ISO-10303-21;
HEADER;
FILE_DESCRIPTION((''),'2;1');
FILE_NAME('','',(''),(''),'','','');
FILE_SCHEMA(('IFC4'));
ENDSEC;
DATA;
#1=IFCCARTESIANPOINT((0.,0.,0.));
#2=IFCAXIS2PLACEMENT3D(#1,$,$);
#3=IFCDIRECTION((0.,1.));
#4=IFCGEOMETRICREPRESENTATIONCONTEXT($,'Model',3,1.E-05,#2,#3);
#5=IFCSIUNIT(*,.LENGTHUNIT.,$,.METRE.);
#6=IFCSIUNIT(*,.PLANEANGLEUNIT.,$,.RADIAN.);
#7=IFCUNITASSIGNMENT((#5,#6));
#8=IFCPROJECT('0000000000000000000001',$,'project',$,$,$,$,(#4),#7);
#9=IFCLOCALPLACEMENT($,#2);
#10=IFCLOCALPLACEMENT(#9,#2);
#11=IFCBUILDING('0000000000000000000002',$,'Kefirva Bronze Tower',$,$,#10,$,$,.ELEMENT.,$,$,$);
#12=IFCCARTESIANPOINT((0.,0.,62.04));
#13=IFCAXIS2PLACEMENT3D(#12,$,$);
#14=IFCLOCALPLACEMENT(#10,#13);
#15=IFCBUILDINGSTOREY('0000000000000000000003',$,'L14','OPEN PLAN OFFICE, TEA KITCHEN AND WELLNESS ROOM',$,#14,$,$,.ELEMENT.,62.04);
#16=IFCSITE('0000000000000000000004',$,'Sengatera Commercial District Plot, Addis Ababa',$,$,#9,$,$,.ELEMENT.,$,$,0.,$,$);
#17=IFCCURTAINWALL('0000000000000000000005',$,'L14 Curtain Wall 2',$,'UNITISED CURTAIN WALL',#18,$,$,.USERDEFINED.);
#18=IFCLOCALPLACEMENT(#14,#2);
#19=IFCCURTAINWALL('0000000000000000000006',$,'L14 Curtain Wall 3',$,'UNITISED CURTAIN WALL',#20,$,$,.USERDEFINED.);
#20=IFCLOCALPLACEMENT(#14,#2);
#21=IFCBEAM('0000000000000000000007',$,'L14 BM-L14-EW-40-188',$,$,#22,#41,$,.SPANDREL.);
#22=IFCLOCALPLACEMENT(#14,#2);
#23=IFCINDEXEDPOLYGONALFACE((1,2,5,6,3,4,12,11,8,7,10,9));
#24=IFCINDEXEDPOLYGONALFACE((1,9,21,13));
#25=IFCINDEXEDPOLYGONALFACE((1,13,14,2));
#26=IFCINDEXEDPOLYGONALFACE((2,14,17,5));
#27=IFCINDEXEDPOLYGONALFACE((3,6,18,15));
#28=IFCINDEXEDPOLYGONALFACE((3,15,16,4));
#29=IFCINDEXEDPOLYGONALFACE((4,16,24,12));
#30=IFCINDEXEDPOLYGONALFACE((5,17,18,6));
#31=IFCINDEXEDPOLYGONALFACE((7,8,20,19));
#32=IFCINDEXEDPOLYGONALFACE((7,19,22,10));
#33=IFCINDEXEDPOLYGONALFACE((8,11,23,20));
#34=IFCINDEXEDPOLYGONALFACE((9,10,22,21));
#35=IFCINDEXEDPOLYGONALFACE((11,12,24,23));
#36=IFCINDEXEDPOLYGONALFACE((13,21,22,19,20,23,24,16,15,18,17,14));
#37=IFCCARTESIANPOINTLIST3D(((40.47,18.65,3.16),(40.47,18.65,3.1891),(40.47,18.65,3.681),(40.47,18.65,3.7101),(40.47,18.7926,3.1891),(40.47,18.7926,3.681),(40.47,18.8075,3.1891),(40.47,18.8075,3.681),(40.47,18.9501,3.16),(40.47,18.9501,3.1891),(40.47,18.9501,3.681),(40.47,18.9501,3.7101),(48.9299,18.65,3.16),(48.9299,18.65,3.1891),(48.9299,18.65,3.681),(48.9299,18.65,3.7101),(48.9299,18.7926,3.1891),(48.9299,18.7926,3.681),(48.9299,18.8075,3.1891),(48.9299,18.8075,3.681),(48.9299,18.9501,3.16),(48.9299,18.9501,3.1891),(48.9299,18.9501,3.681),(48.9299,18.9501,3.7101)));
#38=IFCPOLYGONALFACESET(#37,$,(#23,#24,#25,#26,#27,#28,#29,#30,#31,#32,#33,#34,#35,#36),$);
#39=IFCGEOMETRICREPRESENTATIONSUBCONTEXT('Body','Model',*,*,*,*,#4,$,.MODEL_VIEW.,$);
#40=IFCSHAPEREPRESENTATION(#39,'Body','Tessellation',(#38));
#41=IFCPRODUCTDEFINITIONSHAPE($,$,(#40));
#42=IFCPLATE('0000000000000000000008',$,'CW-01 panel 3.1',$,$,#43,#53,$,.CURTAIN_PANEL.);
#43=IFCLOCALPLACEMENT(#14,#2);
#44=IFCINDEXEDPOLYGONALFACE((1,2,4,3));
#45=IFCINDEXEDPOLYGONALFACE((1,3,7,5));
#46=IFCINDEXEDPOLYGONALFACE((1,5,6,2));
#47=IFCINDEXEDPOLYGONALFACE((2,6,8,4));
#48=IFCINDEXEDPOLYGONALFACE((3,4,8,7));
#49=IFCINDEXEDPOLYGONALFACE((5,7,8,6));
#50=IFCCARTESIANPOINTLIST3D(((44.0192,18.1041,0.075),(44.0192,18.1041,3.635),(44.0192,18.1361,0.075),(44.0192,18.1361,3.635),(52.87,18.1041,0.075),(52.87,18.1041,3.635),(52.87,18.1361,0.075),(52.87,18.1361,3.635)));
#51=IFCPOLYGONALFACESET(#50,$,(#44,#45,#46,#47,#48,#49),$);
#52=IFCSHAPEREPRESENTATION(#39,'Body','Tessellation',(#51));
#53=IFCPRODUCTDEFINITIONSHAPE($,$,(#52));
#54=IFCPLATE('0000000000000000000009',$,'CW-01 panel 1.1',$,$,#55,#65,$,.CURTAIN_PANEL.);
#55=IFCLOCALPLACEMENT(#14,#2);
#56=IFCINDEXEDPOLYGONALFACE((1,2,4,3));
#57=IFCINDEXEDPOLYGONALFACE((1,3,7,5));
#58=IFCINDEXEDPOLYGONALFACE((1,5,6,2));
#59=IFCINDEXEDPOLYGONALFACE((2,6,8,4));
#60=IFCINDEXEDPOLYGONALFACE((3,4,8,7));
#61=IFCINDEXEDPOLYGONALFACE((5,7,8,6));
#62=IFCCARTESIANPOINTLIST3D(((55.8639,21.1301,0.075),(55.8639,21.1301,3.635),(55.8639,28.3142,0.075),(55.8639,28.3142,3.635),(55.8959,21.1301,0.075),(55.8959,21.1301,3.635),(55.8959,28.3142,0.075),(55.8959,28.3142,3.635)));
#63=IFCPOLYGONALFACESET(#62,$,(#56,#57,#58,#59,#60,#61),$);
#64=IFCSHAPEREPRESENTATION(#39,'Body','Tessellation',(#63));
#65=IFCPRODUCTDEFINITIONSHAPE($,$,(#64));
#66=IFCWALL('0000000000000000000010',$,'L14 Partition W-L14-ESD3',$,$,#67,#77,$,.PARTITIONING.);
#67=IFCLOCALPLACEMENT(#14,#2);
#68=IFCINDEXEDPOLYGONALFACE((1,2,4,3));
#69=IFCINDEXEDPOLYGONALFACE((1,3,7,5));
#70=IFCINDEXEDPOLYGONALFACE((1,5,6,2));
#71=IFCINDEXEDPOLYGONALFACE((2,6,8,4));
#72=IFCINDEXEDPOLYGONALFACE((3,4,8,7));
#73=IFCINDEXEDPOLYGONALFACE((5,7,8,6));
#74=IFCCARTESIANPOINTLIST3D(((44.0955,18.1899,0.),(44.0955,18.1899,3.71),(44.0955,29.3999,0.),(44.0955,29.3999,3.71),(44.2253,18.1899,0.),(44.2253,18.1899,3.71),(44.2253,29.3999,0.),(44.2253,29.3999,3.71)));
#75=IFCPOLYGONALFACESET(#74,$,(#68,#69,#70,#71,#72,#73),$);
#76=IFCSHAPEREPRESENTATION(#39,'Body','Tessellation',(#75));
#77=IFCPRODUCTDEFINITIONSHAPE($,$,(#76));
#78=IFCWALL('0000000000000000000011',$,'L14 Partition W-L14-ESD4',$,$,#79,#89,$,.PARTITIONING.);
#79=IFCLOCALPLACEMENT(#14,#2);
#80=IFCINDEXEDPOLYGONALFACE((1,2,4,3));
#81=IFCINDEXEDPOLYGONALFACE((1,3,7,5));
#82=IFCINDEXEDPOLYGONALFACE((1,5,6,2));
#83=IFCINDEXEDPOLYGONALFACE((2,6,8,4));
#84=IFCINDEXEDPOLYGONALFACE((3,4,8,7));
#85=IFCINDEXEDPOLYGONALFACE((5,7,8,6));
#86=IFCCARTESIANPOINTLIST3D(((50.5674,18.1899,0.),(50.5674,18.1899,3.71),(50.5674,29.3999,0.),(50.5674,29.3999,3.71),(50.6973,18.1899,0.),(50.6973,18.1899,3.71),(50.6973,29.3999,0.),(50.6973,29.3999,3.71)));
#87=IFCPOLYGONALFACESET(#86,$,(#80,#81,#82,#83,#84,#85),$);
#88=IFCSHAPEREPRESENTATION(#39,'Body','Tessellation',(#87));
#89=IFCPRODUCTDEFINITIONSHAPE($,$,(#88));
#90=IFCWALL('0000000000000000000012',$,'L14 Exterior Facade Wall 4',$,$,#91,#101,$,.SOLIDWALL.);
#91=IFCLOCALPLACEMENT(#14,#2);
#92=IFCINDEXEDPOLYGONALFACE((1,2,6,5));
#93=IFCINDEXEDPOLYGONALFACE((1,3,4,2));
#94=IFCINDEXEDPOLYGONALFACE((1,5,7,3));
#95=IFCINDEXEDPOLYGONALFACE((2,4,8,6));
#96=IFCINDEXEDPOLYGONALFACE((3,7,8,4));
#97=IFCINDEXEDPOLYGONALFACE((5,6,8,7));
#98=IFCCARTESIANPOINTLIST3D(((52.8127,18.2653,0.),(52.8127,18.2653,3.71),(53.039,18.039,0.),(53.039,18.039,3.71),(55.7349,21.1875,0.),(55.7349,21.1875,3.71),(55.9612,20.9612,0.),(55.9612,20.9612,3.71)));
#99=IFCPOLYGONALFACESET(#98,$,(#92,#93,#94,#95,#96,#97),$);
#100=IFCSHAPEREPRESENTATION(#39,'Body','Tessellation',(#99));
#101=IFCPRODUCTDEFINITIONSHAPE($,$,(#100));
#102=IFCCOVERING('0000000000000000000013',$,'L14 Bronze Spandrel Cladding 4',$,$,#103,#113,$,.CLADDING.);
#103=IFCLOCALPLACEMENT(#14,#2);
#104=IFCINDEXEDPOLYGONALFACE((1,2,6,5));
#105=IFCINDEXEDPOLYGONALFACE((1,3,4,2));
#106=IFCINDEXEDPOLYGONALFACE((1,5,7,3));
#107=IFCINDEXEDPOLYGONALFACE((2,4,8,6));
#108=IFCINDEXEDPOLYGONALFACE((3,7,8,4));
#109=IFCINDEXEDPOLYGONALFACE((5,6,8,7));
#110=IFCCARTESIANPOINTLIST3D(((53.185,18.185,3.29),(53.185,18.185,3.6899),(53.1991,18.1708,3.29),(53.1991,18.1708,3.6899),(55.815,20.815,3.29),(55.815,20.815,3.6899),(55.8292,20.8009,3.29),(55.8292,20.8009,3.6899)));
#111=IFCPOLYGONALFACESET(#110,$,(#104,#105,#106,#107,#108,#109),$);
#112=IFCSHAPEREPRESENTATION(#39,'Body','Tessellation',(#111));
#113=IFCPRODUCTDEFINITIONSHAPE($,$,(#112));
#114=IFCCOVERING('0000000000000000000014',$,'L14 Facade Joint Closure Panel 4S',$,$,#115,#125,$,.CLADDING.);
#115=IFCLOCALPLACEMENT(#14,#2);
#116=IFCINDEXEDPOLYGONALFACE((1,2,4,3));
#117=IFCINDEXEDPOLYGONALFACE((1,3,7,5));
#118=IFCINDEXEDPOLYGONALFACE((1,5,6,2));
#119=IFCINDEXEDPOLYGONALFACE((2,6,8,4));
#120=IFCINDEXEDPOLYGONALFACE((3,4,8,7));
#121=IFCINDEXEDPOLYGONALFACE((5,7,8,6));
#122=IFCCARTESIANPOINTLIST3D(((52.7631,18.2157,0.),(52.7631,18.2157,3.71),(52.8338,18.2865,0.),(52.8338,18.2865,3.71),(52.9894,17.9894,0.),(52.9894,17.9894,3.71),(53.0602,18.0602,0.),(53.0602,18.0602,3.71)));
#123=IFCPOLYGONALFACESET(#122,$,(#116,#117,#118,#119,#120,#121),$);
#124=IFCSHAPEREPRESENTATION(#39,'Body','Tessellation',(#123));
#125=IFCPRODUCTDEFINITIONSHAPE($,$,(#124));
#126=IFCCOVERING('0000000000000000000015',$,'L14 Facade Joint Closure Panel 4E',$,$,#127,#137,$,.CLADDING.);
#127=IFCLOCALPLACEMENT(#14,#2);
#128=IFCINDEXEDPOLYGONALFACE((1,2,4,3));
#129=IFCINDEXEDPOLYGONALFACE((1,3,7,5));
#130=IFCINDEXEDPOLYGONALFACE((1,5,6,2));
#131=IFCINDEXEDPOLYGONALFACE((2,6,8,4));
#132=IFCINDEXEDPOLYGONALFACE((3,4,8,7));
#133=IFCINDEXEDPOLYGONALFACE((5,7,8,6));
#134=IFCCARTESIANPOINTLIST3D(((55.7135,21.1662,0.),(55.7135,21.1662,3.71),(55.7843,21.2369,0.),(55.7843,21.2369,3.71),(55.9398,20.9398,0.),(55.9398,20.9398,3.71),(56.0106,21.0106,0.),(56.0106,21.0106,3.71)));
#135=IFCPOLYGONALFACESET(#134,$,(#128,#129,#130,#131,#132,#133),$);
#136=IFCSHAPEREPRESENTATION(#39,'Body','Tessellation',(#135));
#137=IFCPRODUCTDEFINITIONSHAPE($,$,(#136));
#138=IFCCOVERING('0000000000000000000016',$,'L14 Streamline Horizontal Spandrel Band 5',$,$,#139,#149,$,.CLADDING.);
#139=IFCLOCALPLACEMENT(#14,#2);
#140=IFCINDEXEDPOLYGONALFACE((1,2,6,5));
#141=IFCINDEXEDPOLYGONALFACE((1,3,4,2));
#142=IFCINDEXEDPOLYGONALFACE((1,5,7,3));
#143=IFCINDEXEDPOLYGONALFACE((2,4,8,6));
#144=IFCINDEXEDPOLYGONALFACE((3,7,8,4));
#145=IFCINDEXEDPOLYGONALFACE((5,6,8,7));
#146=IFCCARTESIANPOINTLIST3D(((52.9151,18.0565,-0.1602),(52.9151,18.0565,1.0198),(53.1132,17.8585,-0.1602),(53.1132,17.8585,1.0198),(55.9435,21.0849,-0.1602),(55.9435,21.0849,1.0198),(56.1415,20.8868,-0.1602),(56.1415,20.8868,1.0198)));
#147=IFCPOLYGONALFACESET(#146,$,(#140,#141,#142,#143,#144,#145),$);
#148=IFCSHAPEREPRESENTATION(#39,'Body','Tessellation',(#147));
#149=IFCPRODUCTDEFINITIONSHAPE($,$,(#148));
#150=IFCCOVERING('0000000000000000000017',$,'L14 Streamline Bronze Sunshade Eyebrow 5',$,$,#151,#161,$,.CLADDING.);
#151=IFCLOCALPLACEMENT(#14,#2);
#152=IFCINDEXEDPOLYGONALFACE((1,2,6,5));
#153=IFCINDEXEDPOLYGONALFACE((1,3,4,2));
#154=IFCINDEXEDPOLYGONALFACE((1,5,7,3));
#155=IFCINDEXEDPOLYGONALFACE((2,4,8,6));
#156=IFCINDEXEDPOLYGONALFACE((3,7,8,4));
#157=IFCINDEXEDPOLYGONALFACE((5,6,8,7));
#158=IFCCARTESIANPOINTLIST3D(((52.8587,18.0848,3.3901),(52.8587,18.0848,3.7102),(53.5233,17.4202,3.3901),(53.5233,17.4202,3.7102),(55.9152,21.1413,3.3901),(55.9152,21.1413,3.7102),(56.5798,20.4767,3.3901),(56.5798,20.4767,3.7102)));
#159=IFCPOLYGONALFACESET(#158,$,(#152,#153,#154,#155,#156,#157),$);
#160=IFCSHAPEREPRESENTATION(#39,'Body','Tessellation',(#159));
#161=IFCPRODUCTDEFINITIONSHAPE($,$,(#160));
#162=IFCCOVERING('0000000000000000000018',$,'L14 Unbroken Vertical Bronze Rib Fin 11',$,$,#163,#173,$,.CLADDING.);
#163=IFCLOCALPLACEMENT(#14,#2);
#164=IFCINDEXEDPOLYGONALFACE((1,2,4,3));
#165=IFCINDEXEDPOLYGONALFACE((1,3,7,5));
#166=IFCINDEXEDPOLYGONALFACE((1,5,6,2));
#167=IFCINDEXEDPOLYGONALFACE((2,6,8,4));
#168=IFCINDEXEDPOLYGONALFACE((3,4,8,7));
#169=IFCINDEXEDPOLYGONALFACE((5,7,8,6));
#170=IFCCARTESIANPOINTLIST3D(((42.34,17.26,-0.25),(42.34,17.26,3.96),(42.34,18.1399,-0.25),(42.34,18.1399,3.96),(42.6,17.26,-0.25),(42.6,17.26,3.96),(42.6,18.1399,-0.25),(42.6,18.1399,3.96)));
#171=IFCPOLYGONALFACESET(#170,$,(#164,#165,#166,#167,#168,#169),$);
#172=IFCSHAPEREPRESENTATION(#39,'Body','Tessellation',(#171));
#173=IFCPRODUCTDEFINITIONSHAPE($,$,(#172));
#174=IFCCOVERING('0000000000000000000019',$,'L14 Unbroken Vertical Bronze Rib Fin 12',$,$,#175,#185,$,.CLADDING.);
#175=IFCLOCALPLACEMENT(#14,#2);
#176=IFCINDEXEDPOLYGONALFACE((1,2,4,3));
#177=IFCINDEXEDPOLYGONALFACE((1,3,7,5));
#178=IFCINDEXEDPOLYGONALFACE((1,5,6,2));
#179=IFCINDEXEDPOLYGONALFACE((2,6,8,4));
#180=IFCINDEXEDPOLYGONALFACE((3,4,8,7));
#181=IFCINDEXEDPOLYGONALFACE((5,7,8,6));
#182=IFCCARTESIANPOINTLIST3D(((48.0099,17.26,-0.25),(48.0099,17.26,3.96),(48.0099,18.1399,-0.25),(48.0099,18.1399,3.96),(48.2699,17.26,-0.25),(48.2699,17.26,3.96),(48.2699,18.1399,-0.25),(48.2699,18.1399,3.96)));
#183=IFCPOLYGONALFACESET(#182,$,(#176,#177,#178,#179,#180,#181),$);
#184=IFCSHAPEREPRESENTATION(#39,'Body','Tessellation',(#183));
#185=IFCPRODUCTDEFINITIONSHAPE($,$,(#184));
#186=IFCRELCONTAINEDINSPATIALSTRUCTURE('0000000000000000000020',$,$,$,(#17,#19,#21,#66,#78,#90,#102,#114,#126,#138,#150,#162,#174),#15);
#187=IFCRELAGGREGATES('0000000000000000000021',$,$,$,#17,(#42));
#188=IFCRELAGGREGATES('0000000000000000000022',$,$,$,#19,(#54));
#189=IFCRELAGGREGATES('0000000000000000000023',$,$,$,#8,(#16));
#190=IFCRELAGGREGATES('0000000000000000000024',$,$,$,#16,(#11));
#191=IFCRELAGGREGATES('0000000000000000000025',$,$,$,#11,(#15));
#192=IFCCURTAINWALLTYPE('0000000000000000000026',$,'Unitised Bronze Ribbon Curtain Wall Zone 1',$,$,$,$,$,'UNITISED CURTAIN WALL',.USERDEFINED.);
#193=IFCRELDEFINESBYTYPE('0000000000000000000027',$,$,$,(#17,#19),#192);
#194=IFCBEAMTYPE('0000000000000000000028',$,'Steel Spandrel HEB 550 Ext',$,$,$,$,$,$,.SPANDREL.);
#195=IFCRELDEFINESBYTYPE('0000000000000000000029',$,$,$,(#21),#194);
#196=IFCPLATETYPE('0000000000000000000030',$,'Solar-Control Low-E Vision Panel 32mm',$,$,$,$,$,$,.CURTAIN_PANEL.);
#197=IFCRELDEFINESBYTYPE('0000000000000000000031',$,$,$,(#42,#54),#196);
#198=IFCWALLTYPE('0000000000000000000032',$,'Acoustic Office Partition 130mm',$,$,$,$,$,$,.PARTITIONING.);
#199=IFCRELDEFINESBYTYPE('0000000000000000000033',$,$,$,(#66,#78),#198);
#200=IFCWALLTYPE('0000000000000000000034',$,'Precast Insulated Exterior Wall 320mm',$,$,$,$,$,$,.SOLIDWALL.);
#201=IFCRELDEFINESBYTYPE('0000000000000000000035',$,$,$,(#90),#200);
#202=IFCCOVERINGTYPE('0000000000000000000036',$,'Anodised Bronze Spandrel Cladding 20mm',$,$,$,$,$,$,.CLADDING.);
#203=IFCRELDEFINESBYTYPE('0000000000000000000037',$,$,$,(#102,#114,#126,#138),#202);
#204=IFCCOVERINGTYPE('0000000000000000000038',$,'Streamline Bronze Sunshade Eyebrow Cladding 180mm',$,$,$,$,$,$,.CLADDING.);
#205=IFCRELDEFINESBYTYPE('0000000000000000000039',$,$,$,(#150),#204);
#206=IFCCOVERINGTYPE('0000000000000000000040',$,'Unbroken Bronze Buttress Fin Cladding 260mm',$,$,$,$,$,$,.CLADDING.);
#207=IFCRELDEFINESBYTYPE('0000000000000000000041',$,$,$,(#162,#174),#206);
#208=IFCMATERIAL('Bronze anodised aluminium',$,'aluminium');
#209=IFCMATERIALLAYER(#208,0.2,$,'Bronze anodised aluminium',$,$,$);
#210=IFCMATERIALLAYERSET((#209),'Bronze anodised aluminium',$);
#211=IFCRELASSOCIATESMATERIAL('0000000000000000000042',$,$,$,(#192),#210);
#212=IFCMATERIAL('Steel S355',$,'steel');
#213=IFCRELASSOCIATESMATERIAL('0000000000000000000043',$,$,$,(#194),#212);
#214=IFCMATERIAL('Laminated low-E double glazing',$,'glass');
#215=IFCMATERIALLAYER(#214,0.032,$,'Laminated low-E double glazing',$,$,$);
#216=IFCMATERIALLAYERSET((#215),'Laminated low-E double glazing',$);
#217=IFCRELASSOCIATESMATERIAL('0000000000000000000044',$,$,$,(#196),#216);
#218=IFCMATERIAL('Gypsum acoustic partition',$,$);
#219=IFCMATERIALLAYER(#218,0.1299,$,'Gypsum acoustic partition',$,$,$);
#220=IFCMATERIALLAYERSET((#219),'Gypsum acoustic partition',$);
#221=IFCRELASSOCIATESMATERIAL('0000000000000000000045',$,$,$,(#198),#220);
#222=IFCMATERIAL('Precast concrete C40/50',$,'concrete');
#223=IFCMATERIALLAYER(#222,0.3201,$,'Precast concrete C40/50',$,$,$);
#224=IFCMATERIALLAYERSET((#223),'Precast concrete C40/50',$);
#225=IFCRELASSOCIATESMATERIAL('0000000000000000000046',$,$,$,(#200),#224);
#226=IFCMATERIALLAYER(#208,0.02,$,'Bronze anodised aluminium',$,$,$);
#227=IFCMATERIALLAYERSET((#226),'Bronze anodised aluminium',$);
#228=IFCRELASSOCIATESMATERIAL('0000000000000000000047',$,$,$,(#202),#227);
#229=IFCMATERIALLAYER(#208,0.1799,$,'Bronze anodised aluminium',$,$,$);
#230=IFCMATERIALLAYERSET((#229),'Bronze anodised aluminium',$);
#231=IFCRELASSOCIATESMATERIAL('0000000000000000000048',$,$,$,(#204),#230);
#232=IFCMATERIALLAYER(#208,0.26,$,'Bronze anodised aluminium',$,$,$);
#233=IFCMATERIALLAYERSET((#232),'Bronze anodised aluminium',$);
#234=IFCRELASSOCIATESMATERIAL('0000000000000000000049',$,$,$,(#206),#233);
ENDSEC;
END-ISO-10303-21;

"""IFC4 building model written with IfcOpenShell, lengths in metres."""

from ifc_helpers import new_model, si_unit, direction, frame, frame_2d, origin, origin_2d, place, context, subcontext, project, spatial, rectangle, i_section, extrude, material, layer, layer_set, material_profile, profile_set, type_object, element, aggregate, save


model = new_model("IFC4")

# Units and contexts
model_context = context("Model", 3, precision=1e-05, world=origin(), true_north=direction((0.0, 1.0)))
body_context = subcontext(model_context, "Body", "Model", "MODEL_VIEW")
ifc_project = project(units=[si_unit("LENGTHUNIT", "METRE"), si_unit("PLANEANGLEUNIT", "RADIAN")], contexts=[model_context])

# Site, building, storey
site_placement = place(None, origin())
site = spatial("IfcSite", under=ifc_project, at=site_placement, Name="Sengatera Commercial District Plot, Addis Ababa", CompositionType="ELEMENT", RefElevation=0.0)
building_placement = place(site_placement, origin())
building = spatial("IfcBuilding", under=site, at=building_placement, Name="Kefirva Bronze Tower", CompositionType="ELEMENT")
storey_placement = place(building_placement, frame((0.0, 0.0, 62.04)))
storey = spatial("IfcBuildingStorey", under=building, at=storey_placement, Name="L14", Description="OPEN PLAN OFFICE, TEA KITCHEN AND WELLNESS ROOM", CompositionType="ELEMENT", Elevation=62.04)

# Curtain wall
ifc_material_1 = material(Name="Bronze anodised aluminium", Category="aluminium")
ifc_layer_1 = layer(ifc_material_1, 0.2, Name="Bronze anodised aluminium")
ifc_layer_set_1 = layer_set([ifc_layer_1], Name="Bronze anodised aluminium")
curtain_wall_type = type_object("IfcCurtainWallType", Name="Unitised Bronze Ribbon Curtain Wall Zone 1", ElementType="UNITISED CURTAIN WALL", PredefinedType="USERDEFINED", material=ifc_layer_set_1)
curtain_wall_1_placement = place(storey_placement, origin())
curtain_wall_1 = element("IfcCurtainWall", 1, at=curtain_wall_1_placement, inside=storey, type_object=curtain_wall_type, Name="L14 Curtain Wall 2", ObjectType="UNITISED CURTAIN WALL", PredefinedType="USERDEFINED")

# Curtain wall
curtain_wall_2_placement = place(storey_placement, origin())
curtain_wall_2 = element("IfcCurtainWall", 2, at=curtain_wall_2_placement, inside=storey, type_object=curtain_wall_type, Name="L14 Curtain Wall 3", ObjectType="UNITISED CURTAIN WALL", PredefinedType="USERDEFINED")

# Beam
ifc_material_2 = material(Name="Steel S355", Category="steel")
ifc_material_profile_1 = material_profile(ifc_material_2, i_section(OverallWidth=0.3, OverallDepth=0.55, WebThickness=0.0149, FlangeThickness=0.0291, at=origin_2d()), Name="HEB 550")
ifc_profile_set_1 = profile_set([ifc_material_profile_1], Name="Steel S355")
beam_type_1 = type_object("IfcBeamType", Name="Steel Spandrel HEB 550 Ext", PredefinedType="SPANDREL", material=ifc_profile_set_1)
beam_1_placement = place(storey_placement, frame((40.47, 18.8, 3.4351), z_axis=(1.0, 0.0, 0.0), x_axis=(0.0, 1.0, 0.0)))
element("IfcBeam", 3, at=beam_1_placement, inside=storey, type_object=beam_type_1, Name="L14 BM-L14-EW-40-188", PredefinedType="SPANDREL", context=body_context, shape_type="SweptSolid", body=[
    extrude(i_section(OverallWidth=0.3, OverallDepth=0.55, WebThickness=0.0149, FlangeThickness=0.0291, at=origin_2d()), origin(), (0.0, 0.0, 1.0), 8.46),
])

# Plates
ifc_material_3 = material(Name="Laminated low-E double glazing", Category="glass")
ifc_layer_2 = layer(ifc_material_3, 0.032, Name="Laminated low-E double glazing")
ifc_layer_set_2 = layer_set([ifc_layer_2], Name="Laminated low-E double glazing")
plate_type = type_object("IfcPlateType", Name="Solar-Control Low-E Vision Panel 32mm", PredefinedType="CURTAIN_PANEL", material=ifc_layer_set_2)
plate_1_placement = place(storey_placement, frame((48.4446, 18.1201, 0.075), z_axis=(0.0, 0.0, 1.0), x_axis=(1.0, 0.0, 0.0)))
plate_1 = element("IfcPlate", 4, at=plate_1_placement, type_object=plate_type, Name="CW-01 panel 3.1", PredefinedType="CURTAIN_PANEL", context=body_context, shape_type="SweptSolid", body=[
    extrude(rectangle(XDim=8.8508, YDim=0.032, at=origin_2d()), origin(), (0.0, 0.0, 1.0), 3.5601),
])
aggregate(curtain_wall_1, [plate_1])
plate_2_placement = place(storey_placement, frame((55.8799, 24.7222, 0.075), z_axis=(0.0, 0.0, 1.0), x_axis=(0.0, 1.0, 0.0)))
plate_2 = element("IfcPlate", 5, at=plate_2_placement, type_object=plate_type, Name="CW-01 panel 1.1", PredefinedType="CURTAIN_PANEL", context=body_context, shape_type="SweptSolid", body=[
    extrude(rectangle(XDim=7.1841, YDim=0.032, at=origin_2d()), origin(), (0.0, 0.0, 1.0), 3.5601),
])
aggregate(curtain_wall_2, [plate_2])

# Walls
ifc_material_4 = material(Name="Gypsum acoustic partition")
ifc_layer_3 = layer(ifc_material_4, 0.1299, Name="Gypsum acoustic partition")
ifc_layer_set_3 = layer_set([ifc_layer_3], Name="Gypsum acoustic partition")
wall_type_1 = type_object("IfcWallType", Name="Acoustic Office Partition 130mm", PredefinedType="PARTITIONING", material=ifc_layer_set_3)
for number, where, z_axis, x_axis, name in (
    (6, (44.1604, 18.1899, 0.0), (0.0, 0.0, 1.0), (0.0, 1.0, 0.0), "L14 Partition W-L14-ESD3"),
    (7, (50.6323, 18.1899, 0.0), (0.0, 0.0, 1.0), (0.0, 1.0, 0.0), "L14 Partition W-L14-ESD4"),
):
    element("IfcWall", number, at=place(storey_placement, frame(where, z_axis=z_axis, x_axis=x_axis)), inside=storey, type_object=wall_type_1, Name=name, PredefinedType="PARTITIONING", context=body_context, shape_type="SweptSolid", body=[
        extrude(rectangle(XDim=11.21, YDim=0.1299, at=frame_2d((5.605, 0.0))), origin(), (0.0, 0.0, 1.0), 3.71),
    ])
ifc_material_5 = material(Name="Precast concrete C40/50", Category="concrete")
ifc_layer_4 = layer(ifc_material_5, 0.3201, Name="Precast concrete C40/50")
ifc_layer_set_4 = layer_set([ifc_layer_4], Name="Precast concrete C40/50")
wall_type_2 = type_object("IfcWallType", Name="Precast Insulated Exterior Wall 320mm", PredefinedType="SOLIDWALL", material=ifc_layer_set_4)
wall_placement = place(storey_placement, frame((52.9258, 18.1521, 0.0), z_axis=(0.0, 0.0, 1.0), x_axis=(0.707107, 0.707107, 0.0)))
element("IfcWall", 8, at=wall_placement, inside=storey, type_object=wall_type_2, Name="L14 Exterior Facade Wall 4", PredefinedType="SOLIDWALL", context=body_context, shape_type="SweptSolid", body=[
    extrude(rectangle(XDim=4.1326, YDim=0.3201, at=frame_2d((2.0664, 0.0))), origin(), (0.0, 0.0, 1.0), 3.71),
])

# Coverings
ifc_layer_5 = layer(ifc_material_1, 0.02, Name="Bronze anodised aluminium")
ifc_layer_set_5 = layer_set([ifc_layer_5], Name="Bronze anodised aluminium")
covering_type_1 = type_object("IfcCoveringType", Name="Anodised Bronze Spandrel Cladding 20mm", PredefinedType="CLADDING", material=ifc_layer_set_5)
covering_1_placement = place(storey_placement, frame((54.5071, 19.4929, 3.29), z_axis=(0.0, 0.0, 1.0), x_axis=(0.707107, 0.707107, 0.0)))
element("IfcCovering", 9, at=covering_1_placement, inside=storey, type_object=covering_type_1, Name="L14 Bronze Spandrel Cladding 4", PredefinedType="CLADDING", context=body_context, shape_type="SweptSolid", body=[
    extrude(rectangle(XDim=3.7195, YDim=0.02, at=origin_2d()), origin(), (0.0, 0.0, 1.0), 0.3999),
])
for number, where, z_axis, x_axis, name in (
    (10, (52.9116, 18.1379, 0.0), (0.0, 0.0, 1.0), (0.707107, 0.707107, 0.0), "L14 Facade Joint Closure Panel 4S"),
    (11, (55.8621, 21.0884, 0.0), (0.0, 0.0, 1.0), (0.707107, 0.707107, 0.0), "L14 Facade Joint Closure Panel 4E"),
):
    element("IfcCovering", number, at=place(storey_placement, frame(where, z_axis=z_axis, x_axis=x_axis)), inside=storey, type_object=covering_type_1, Name=name, PredefinedType="CLADDING", context=body_context, shape_type="SweptSolid", body=[
        extrude(rectangle(XDim=0.1001, YDim=0.3201, at=origin_2d()), origin(), (0.0, 0.0, 1.0), 3.71),
    ])
covering_2_placement = place(storey_placement, frame((54.5283, 19.4717, -0.1602), z_axis=(0.0, 0.0, 1.0), x_axis=(0.707107, 0.707107, 0.0)))
element("IfcCovering", 12, at=covering_2_placement, inside=storey, type_object=covering_type_1, Name="L14 Streamline Horizontal Spandrel Band 5", PredefinedType="CLADDING", context=body_context, shape_type="SweptSolid", body=[
    extrude(rectangle(XDim=4.2827, YDim=0.28, at=origin_2d()), origin(), (0.0, 0.0, 1.0), 1.1799),
])
ifc_layer_6 = layer(ifc_material_1, 0.1799, Name="Bronze anodised aluminium")
ifc_layer_set_6 = layer_set([ifc_layer_6], Name="Bronze anodised aluminium")
covering_type_2 = type_object("IfcCoveringType", Name="Streamline Bronze Sunshade Eyebrow Cladding 180mm", PredefinedType="CLADDING", material=ifc_layer_set_6)
covering_3_placement = place(storey_placement, frame((54.7192, 19.2808, 3.3901), z_axis=(0.0, 0.0, 1.0), x_axis=(0.707107, 0.707107, 0.0)))
element("IfcCovering", 13, at=covering_3_placement, inside=storey, type_object=covering_type_2, Name="L14 Streamline Bronze Sunshade Eyebrow 5", PredefinedType="CLADDING", context=body_context, shape_type="SweptSolid", body=[
    extrude(rectangle(XDim=4.3225, YDim=0.9399, at=origin_2d()), origin(), (0.0, 0.0, 1.0), 0.3201),
])
ifc_layer_7 = layer(ifc_material_1, 0.26, Name="Bronze anodised aluminium")
ifc_layer_set_7 = layer_set([ifc_layer_7], Name="Bronze anodised aluminium")
covering_type_3 = type_object("IfcCoveringType", Name="Unbroken Bronze Buttress Fin Cladding 260mm", PredefinedType="CLADDING", material=ifc_layer_set_7)
for number, where, z_axis, x_axis, name in (
    (14, (42.47, 17.7, -0.25), (0.0, 0.0, 1.0), (1.0, 0.0, 0.0), "L14 Unbroken Vertical Bronze Rib Fin 11"),
    (15, (48.1399, 17.7, -0.25), (0.0, 0.0, 1.0), (1.0, 0.0, 0.0), "L14 Unbroken Vertical Bronze Rib Fin 12"),
):
    element("IfcCovering", number, at=place(storey_placement, frame(where, z_axis=z_axis, x_axis=x_axis)), inside=storey, type_object=covering_type_3, Name=name, PredefinedType="CLADDING", context=body_context, shape_type="SweptSolid", body=[
        extrude(rectangle(XDim=0.26, YDim=0.8799, at=origin_2d()), origin(), (0.0, 0.0, 1.0), 4.21),
    ])

save(model, "model.ifc")
